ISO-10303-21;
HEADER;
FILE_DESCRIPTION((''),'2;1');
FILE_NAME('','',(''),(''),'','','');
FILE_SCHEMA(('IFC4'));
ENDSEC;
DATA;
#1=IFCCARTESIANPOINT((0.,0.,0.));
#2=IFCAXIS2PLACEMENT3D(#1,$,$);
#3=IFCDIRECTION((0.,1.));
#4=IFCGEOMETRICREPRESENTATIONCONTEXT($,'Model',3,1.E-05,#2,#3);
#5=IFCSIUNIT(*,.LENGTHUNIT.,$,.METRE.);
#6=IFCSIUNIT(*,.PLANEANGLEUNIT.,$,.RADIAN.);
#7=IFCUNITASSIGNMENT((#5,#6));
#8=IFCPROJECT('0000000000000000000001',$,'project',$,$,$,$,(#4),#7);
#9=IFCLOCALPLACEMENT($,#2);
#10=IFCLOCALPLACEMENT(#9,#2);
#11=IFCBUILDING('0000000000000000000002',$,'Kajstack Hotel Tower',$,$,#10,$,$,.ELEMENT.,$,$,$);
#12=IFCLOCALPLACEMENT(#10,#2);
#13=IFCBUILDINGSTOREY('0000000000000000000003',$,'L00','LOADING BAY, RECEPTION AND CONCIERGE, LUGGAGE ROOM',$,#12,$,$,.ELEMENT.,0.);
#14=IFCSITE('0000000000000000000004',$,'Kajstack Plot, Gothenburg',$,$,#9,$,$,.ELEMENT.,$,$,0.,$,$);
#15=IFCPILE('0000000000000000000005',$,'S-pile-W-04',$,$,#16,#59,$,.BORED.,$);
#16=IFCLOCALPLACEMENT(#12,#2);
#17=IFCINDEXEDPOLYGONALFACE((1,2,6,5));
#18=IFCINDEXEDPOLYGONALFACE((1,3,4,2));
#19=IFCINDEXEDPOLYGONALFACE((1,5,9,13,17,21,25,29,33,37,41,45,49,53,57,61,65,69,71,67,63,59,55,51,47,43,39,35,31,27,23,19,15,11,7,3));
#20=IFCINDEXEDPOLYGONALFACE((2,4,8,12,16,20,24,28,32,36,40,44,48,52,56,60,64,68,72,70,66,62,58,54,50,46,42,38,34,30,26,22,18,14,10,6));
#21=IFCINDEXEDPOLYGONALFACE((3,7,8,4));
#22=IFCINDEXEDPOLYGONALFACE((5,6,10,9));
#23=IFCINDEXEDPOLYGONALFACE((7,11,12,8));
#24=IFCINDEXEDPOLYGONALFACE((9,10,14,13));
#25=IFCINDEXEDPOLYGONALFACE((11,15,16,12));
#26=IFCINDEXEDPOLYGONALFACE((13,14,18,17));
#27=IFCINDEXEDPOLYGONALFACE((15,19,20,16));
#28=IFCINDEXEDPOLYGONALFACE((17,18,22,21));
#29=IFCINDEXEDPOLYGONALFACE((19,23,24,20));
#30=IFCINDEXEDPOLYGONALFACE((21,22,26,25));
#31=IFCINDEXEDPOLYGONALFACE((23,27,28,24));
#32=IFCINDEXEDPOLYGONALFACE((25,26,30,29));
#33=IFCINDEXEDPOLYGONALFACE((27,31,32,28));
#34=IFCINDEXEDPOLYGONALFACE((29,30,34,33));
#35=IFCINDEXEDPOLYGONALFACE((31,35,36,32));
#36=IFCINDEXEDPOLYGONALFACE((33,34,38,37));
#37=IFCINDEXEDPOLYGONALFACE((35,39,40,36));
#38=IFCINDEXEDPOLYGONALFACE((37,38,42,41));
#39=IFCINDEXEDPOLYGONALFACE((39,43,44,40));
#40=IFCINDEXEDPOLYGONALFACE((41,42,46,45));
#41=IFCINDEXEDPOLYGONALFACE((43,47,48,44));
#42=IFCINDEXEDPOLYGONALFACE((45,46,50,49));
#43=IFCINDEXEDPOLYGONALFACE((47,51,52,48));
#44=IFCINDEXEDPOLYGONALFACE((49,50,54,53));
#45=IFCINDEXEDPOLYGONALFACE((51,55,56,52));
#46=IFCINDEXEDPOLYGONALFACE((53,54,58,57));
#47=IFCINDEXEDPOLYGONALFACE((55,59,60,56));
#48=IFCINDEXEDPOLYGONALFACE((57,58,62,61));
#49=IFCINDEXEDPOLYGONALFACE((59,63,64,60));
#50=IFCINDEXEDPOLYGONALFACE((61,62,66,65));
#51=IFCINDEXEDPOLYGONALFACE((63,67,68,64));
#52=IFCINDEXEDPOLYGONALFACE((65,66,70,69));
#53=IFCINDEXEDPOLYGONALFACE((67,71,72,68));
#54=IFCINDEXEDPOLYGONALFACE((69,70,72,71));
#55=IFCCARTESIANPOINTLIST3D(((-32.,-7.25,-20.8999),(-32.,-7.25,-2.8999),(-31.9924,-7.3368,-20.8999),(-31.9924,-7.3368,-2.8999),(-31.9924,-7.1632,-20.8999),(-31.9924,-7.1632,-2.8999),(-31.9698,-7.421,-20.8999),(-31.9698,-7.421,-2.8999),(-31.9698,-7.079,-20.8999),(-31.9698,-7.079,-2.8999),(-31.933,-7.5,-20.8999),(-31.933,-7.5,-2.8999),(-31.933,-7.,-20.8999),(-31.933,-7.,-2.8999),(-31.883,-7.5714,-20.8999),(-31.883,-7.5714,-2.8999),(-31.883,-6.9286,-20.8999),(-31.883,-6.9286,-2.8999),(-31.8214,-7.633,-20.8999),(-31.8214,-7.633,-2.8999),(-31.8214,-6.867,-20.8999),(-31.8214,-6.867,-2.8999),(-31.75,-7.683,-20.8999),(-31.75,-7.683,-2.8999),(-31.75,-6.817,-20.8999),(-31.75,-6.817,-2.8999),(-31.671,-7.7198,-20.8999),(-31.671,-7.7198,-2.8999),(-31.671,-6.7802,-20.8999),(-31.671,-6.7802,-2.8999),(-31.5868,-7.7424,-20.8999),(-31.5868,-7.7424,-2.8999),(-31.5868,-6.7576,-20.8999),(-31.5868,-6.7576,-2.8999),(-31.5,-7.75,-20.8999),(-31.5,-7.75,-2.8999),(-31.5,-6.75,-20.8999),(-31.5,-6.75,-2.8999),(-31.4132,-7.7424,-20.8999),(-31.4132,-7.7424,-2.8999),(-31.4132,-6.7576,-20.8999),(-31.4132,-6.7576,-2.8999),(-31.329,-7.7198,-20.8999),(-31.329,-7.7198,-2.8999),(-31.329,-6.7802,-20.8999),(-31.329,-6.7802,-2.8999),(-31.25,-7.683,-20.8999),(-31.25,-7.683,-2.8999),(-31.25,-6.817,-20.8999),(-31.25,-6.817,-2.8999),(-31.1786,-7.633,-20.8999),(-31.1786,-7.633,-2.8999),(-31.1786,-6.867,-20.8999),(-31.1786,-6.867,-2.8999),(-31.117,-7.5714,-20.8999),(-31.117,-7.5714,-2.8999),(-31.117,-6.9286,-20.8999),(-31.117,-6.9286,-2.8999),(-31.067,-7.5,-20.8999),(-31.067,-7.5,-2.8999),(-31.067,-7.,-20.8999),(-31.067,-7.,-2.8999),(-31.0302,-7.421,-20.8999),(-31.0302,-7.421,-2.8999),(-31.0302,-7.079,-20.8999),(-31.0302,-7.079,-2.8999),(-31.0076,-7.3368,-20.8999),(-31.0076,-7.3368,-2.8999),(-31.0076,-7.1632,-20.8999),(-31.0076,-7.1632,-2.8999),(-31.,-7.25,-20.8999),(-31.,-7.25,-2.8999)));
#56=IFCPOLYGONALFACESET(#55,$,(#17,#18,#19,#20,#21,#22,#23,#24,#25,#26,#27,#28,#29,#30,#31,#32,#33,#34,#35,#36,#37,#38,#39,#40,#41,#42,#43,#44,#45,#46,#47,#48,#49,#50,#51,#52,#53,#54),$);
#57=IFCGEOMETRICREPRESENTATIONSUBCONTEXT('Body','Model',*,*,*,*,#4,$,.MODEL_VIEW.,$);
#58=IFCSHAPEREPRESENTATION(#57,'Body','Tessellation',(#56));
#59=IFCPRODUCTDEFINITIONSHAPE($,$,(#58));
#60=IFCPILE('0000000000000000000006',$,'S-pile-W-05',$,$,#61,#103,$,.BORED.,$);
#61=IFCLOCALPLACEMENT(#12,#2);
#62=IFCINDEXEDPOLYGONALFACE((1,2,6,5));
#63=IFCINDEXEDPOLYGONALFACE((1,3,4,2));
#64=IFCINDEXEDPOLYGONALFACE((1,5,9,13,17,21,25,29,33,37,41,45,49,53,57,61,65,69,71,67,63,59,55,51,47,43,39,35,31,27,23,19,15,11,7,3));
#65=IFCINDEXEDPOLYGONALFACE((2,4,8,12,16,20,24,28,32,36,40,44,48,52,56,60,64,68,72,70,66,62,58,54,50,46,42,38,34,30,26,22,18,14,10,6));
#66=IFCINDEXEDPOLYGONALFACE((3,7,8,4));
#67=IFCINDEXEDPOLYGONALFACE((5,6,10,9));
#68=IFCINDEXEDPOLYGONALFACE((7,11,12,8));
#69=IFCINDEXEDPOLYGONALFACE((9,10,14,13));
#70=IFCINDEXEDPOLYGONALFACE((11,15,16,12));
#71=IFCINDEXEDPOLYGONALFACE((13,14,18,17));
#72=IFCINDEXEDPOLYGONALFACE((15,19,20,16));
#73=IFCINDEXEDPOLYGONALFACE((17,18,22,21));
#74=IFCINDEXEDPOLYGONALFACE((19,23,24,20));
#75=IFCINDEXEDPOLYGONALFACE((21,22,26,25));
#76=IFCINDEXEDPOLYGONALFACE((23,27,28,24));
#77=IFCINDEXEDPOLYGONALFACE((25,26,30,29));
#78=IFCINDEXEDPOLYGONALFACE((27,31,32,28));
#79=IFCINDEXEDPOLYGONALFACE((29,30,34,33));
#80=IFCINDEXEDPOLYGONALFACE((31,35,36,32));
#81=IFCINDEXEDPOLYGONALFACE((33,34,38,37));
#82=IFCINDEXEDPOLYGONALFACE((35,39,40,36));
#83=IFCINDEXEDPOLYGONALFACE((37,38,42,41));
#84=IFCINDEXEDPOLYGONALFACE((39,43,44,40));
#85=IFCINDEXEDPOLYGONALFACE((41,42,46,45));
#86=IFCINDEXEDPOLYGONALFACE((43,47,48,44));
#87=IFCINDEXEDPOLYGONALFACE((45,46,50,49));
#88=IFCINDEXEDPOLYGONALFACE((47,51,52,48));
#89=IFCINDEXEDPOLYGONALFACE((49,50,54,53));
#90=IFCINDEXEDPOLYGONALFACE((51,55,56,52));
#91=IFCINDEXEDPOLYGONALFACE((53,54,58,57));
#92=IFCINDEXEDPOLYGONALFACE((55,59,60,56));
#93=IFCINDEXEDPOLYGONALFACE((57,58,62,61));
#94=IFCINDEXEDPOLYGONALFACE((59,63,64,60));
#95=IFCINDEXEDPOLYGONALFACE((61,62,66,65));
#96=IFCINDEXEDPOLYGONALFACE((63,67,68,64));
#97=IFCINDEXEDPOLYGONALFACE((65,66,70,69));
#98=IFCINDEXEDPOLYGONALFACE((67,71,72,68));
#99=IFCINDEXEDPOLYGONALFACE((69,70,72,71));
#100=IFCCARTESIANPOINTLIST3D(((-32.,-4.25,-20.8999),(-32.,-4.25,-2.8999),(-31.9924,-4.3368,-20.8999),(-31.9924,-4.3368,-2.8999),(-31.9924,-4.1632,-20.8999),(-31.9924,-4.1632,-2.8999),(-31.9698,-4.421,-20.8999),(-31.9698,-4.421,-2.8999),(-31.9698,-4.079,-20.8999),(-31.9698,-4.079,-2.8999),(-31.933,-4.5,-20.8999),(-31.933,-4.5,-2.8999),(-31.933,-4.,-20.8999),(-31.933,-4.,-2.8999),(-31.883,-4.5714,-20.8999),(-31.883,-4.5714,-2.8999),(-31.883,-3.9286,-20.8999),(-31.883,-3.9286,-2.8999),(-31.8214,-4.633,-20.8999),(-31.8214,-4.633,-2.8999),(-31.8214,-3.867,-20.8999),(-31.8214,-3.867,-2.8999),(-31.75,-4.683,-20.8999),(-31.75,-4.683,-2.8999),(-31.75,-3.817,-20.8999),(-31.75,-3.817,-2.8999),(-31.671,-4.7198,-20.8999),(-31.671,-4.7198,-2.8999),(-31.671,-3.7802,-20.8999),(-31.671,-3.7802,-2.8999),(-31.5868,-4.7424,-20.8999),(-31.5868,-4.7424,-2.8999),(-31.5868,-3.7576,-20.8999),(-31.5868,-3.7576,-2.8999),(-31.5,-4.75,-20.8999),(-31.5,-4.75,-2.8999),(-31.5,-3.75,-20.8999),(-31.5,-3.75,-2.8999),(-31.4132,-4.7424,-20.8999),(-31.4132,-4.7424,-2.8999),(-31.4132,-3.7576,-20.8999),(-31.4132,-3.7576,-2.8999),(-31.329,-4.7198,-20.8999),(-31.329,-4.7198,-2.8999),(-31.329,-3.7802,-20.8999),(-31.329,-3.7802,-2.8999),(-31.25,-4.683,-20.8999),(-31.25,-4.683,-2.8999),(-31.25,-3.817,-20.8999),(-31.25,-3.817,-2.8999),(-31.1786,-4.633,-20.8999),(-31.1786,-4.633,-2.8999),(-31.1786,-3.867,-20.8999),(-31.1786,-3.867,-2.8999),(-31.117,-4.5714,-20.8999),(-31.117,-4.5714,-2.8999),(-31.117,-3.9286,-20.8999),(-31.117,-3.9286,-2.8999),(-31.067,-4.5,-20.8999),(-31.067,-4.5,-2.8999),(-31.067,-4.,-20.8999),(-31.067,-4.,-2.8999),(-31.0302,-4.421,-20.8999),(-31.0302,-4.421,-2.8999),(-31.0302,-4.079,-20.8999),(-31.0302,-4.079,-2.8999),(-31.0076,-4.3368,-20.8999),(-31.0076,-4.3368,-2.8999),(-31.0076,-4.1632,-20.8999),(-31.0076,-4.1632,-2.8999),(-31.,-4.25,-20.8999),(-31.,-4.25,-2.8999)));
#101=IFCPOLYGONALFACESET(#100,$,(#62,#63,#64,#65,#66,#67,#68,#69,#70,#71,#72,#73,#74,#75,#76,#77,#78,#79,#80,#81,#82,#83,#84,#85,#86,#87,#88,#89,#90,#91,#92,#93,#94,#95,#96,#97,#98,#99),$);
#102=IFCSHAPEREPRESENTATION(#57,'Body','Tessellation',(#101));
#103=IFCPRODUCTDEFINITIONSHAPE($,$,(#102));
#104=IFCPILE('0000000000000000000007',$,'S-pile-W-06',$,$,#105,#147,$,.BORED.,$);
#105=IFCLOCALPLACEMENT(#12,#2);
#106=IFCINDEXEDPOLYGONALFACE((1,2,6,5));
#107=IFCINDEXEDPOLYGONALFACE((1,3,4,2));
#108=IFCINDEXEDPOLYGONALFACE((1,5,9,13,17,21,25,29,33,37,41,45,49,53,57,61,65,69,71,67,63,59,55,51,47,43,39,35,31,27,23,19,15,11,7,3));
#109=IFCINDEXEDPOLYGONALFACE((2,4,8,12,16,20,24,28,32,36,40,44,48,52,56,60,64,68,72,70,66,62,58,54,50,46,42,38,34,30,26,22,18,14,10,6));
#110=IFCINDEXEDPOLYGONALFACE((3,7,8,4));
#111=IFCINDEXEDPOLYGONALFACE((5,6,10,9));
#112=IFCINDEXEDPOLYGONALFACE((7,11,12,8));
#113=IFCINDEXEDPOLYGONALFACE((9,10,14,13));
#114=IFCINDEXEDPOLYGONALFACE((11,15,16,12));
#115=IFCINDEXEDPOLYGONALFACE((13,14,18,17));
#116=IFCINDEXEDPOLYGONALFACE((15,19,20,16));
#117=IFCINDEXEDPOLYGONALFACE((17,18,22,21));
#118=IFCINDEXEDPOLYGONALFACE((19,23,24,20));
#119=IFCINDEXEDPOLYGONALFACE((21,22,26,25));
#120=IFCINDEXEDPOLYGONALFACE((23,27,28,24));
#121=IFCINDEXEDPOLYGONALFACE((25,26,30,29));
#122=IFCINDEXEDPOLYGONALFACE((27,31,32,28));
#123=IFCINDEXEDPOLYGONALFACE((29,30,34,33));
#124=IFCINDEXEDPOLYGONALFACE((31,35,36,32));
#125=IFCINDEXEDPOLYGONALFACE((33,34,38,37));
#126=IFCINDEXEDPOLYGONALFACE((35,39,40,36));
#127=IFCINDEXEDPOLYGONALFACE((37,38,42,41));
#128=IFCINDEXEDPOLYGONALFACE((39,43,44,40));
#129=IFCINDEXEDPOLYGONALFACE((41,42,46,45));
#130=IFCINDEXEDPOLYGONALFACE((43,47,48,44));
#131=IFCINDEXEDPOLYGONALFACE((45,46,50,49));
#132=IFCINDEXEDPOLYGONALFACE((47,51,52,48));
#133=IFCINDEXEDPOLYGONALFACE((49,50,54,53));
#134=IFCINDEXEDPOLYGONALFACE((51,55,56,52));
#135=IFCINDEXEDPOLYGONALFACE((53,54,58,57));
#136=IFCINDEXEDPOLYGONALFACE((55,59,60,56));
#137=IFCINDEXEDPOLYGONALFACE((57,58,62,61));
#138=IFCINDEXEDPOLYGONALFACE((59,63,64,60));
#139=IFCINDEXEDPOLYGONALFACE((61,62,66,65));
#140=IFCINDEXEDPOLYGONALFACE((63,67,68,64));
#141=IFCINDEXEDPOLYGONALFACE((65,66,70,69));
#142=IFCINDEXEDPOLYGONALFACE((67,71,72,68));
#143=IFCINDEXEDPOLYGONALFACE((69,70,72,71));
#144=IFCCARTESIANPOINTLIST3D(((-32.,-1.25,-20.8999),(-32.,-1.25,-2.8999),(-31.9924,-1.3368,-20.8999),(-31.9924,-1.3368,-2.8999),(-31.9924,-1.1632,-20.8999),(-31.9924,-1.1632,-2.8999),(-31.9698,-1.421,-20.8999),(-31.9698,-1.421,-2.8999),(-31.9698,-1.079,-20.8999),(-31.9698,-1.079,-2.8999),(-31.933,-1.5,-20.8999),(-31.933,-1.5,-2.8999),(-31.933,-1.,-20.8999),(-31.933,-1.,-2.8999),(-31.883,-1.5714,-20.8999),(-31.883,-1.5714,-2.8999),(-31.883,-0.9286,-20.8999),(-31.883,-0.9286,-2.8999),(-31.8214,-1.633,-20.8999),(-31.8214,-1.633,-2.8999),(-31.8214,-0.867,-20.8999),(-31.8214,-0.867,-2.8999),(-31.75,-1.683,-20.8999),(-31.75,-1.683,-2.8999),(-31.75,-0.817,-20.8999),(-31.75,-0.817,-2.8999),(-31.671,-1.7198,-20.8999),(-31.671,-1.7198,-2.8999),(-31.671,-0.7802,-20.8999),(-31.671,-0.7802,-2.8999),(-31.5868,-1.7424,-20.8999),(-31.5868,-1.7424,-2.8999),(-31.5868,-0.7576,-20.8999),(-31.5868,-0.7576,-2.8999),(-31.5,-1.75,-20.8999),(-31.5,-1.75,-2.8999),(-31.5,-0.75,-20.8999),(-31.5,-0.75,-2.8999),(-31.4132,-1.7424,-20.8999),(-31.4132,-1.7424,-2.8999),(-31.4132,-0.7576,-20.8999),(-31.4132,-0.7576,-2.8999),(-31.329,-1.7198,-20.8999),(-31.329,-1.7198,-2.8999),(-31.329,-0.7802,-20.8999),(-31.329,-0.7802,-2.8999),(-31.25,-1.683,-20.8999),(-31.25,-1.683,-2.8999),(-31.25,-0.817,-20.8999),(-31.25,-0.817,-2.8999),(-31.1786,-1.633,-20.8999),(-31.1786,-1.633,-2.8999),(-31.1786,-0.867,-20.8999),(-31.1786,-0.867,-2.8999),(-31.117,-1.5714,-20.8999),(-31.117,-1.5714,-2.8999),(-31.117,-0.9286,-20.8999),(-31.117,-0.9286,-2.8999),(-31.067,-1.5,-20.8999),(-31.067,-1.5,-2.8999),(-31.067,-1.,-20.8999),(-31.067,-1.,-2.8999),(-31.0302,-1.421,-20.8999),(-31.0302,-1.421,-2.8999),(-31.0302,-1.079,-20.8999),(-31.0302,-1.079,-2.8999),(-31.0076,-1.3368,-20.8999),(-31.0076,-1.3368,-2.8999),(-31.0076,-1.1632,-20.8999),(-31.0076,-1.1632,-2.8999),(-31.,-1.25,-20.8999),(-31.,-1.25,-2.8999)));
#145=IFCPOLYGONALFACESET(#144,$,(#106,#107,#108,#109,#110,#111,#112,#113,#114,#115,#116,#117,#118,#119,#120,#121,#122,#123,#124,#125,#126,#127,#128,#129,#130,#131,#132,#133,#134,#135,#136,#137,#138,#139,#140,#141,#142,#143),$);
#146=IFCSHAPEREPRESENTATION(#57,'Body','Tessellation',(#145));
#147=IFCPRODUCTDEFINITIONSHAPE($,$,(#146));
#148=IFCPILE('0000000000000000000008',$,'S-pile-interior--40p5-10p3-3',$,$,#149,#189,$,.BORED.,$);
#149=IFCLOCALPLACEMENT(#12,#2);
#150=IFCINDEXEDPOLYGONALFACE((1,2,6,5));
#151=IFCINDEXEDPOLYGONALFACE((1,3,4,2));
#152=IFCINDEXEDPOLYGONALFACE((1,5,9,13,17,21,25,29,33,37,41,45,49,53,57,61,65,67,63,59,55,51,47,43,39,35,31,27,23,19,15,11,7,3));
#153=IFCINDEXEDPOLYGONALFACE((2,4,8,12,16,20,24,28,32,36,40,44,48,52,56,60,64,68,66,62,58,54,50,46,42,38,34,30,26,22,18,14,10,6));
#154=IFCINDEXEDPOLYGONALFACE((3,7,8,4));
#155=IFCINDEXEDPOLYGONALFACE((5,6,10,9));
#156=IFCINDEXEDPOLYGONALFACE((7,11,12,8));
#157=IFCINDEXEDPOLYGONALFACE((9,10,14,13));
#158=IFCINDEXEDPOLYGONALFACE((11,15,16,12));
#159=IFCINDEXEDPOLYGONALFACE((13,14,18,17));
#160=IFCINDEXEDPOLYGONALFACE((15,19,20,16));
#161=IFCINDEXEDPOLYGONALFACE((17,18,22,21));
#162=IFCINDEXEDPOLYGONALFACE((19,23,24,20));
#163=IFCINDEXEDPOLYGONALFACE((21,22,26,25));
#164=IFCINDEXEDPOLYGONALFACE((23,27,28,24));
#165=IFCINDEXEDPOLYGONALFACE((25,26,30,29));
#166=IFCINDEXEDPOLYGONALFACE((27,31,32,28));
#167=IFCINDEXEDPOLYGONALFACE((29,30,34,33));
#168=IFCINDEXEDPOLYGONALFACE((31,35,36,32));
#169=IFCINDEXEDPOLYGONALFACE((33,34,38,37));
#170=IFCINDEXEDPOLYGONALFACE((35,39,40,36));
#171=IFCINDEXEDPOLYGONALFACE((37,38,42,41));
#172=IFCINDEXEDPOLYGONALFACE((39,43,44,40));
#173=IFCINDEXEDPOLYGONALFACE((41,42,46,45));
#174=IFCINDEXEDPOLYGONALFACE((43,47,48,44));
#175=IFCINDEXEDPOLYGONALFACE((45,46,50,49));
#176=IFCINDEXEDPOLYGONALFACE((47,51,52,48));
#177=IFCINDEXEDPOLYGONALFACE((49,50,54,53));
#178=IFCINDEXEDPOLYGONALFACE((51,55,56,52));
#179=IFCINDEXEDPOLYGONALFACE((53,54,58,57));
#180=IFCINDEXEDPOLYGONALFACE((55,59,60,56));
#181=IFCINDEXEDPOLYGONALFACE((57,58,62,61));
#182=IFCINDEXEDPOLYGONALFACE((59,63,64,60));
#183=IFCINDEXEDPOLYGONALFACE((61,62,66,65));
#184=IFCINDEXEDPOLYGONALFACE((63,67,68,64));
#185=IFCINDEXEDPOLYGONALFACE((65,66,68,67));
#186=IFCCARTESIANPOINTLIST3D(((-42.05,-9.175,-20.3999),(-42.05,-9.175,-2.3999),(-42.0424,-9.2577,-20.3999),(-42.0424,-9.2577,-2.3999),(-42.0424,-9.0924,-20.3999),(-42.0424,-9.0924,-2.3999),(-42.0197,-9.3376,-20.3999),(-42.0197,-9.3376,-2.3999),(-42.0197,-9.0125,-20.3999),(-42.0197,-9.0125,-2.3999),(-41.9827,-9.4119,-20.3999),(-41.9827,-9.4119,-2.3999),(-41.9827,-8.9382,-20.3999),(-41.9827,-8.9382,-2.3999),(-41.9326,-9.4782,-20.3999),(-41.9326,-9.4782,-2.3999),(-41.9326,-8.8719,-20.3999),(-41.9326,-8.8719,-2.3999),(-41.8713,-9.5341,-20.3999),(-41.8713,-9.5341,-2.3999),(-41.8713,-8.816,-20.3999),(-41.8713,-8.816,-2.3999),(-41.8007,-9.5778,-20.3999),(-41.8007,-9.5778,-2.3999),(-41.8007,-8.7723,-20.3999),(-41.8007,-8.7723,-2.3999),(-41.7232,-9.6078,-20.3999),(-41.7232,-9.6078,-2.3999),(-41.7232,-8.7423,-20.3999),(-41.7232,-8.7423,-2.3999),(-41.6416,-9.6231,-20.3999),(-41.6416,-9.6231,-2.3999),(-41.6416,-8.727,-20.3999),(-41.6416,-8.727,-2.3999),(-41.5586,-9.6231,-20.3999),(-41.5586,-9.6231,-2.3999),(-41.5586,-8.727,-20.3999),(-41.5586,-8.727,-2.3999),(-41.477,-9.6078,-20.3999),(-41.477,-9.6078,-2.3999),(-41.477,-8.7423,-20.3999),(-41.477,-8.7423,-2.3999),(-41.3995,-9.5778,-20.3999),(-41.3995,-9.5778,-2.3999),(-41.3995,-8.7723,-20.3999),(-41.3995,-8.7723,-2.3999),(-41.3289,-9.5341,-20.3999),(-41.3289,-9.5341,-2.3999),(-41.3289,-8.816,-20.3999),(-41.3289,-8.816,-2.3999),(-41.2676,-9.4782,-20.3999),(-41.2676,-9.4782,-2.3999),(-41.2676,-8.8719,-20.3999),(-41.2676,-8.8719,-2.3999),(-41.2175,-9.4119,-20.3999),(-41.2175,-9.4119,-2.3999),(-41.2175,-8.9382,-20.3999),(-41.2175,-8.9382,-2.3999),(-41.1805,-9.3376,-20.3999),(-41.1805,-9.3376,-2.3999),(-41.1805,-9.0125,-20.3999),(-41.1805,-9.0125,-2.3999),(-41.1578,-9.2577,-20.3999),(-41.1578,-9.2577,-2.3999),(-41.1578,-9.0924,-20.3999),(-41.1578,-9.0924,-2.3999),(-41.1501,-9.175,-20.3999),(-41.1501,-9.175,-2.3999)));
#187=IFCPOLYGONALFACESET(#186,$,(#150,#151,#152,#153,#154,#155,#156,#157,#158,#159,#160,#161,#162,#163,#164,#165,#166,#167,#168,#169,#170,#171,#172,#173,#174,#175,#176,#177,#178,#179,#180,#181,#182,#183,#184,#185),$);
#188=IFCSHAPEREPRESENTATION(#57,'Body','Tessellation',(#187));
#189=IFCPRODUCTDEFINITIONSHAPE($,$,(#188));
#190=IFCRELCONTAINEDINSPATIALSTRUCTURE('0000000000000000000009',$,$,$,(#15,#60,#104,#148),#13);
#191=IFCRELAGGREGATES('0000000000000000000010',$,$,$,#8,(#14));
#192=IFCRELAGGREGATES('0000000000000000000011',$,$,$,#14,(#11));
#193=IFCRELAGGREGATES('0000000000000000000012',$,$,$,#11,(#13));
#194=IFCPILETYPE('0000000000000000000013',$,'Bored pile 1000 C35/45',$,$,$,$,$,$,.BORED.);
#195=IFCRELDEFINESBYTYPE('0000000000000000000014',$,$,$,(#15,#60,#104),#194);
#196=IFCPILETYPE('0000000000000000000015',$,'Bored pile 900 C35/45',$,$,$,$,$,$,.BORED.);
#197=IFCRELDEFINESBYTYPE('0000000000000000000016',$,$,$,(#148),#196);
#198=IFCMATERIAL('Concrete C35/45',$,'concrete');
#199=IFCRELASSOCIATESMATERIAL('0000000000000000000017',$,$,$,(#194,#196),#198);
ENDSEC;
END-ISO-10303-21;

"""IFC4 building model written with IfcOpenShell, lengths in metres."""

from ifc_helpers import new_model, si_unit, direction, frame, origin, origin_2d, place, context, subcontext, project, spatial, circle, extrude, material, material_profile, profile_set, type_object, element, save


model = new_model("IFC4")

# Units and contexts
model_context = context("Model", 3, precision=1e-05, world=origin(), true_north=direction((0.0, 1.0)))
body_context = subcontext(model_context, "Body", "Model", "MODEL_VIEW")
ifc_project = project(units=[si_unit("LENGTHUNIT", "METRE"), si_unit("PLANEANGLEUNIT", "RADIAN")], contexts=[model_context])

# Site, building, storey
site_placement = place(None, origin())
site = spatial("IfcSite", under=ifc_project, at=site_placement, Name="Kajstack Plot, Gothenburg", CompositionType="ELEMENT", RefElevation=0.0)
building_placement = place(site_placement, origin())
building = spatial("IfcBuilding", under=site, at=building_placement, Name="Kajstack Hotel Tower", CompositionType="ELEMENT")
storey_placement = place(building_placement, origin())
storey = spatial("IfcBuildingStorey", under=building, at=storey_placement, Name="L00", Description="LOADING BAY, RECEPTION AND CONCIERGE, LUGGAGE ROOM", CompositionType="ELEMENT", Elevation=0.0)

# Piles
ifc_material_1 = material(Name="Concrete C35/45", Category="concrete")
ifc_material_profile_1 = material_profile(ifc_material_1, circle(Radius=0.5, at=origin_2d()), Name="RC round 1000")
ifc_profile_set_1 = profile_set([ifc_material_profile_1], Name="Concrete C35/45")
pile_type_1 = type_object("IfcPileType", Name="Bored pile 1000 C35/45", PredefinedType="BORED", material=ifc_profile_set_1)
for number, where, z_axis, x_axis, name in (
    (1, (-31.5, -7.25, -2.8999), (0.0, 0.0, -1.0), (1.0, 0.0, 0.0), "S-pile-W-04"),
    (2, (-31.5, -4.25, -2.8999), (0.0, 0.0, -1.0), (1.0, 0.0, 0.0), "S-pile-W-05"),
    (3, (-31.5, -1.25, -2.8999), (0.0, 0.0, -1.0), (1.0, 0.0, 0.0), "S-pile-W-06"),
):
    element("IfcPile", number, at=place(storey_placement, frame(where, z_axis=z_axis, x_axis=x_axis)), inside=storey, type_object=pile_type_1, Name=name, PredefinedType="BORED", context=body_context, shape_type="SweptSolid", body=[
        extrude(circle(Radius=0.5, at=origin_2d()), origin(), (0.0, 0.0, 1.0), 18.0),
    ])
ifc_material_profile_2 = material_profile(ifc_material_1, circle(Radius=0.45, at=origin_2d()), Name="RC round 900")
ifc_profile_set_2 = profile_set([ifc_material_profile_2], Name="Concrete C35/45")
pile_type_2 = type_object("IfcPileType", Name="Bored pile 900 C35/45", PredefinedType="BORED", material=ifc_profile_set_2)
for number, where, z_axis, x_axis, name in (
    (4, (-41.6001, -9.175, -2.3999), (0.0, 0.0, -1.0), (1.0, 0.0, 0.0), "S-pile-interior--40p5-10p3-3"),
):
    element("IfcPile", number, at=place(storey_placement, frame(where, z_axis=z_axis, x_axis=x_axis)), inside=storey, type_object=pile_type_2, Name=name, PredefinedType="BORED", context=body_context, shape_type="SweptSolid", body=[
        extrude(circle(Radius=0.45, at=origin_2d()), origin(), (0.0, 0.0, 1.0), 18.0),
    ])

save(model, "model.ifc")
